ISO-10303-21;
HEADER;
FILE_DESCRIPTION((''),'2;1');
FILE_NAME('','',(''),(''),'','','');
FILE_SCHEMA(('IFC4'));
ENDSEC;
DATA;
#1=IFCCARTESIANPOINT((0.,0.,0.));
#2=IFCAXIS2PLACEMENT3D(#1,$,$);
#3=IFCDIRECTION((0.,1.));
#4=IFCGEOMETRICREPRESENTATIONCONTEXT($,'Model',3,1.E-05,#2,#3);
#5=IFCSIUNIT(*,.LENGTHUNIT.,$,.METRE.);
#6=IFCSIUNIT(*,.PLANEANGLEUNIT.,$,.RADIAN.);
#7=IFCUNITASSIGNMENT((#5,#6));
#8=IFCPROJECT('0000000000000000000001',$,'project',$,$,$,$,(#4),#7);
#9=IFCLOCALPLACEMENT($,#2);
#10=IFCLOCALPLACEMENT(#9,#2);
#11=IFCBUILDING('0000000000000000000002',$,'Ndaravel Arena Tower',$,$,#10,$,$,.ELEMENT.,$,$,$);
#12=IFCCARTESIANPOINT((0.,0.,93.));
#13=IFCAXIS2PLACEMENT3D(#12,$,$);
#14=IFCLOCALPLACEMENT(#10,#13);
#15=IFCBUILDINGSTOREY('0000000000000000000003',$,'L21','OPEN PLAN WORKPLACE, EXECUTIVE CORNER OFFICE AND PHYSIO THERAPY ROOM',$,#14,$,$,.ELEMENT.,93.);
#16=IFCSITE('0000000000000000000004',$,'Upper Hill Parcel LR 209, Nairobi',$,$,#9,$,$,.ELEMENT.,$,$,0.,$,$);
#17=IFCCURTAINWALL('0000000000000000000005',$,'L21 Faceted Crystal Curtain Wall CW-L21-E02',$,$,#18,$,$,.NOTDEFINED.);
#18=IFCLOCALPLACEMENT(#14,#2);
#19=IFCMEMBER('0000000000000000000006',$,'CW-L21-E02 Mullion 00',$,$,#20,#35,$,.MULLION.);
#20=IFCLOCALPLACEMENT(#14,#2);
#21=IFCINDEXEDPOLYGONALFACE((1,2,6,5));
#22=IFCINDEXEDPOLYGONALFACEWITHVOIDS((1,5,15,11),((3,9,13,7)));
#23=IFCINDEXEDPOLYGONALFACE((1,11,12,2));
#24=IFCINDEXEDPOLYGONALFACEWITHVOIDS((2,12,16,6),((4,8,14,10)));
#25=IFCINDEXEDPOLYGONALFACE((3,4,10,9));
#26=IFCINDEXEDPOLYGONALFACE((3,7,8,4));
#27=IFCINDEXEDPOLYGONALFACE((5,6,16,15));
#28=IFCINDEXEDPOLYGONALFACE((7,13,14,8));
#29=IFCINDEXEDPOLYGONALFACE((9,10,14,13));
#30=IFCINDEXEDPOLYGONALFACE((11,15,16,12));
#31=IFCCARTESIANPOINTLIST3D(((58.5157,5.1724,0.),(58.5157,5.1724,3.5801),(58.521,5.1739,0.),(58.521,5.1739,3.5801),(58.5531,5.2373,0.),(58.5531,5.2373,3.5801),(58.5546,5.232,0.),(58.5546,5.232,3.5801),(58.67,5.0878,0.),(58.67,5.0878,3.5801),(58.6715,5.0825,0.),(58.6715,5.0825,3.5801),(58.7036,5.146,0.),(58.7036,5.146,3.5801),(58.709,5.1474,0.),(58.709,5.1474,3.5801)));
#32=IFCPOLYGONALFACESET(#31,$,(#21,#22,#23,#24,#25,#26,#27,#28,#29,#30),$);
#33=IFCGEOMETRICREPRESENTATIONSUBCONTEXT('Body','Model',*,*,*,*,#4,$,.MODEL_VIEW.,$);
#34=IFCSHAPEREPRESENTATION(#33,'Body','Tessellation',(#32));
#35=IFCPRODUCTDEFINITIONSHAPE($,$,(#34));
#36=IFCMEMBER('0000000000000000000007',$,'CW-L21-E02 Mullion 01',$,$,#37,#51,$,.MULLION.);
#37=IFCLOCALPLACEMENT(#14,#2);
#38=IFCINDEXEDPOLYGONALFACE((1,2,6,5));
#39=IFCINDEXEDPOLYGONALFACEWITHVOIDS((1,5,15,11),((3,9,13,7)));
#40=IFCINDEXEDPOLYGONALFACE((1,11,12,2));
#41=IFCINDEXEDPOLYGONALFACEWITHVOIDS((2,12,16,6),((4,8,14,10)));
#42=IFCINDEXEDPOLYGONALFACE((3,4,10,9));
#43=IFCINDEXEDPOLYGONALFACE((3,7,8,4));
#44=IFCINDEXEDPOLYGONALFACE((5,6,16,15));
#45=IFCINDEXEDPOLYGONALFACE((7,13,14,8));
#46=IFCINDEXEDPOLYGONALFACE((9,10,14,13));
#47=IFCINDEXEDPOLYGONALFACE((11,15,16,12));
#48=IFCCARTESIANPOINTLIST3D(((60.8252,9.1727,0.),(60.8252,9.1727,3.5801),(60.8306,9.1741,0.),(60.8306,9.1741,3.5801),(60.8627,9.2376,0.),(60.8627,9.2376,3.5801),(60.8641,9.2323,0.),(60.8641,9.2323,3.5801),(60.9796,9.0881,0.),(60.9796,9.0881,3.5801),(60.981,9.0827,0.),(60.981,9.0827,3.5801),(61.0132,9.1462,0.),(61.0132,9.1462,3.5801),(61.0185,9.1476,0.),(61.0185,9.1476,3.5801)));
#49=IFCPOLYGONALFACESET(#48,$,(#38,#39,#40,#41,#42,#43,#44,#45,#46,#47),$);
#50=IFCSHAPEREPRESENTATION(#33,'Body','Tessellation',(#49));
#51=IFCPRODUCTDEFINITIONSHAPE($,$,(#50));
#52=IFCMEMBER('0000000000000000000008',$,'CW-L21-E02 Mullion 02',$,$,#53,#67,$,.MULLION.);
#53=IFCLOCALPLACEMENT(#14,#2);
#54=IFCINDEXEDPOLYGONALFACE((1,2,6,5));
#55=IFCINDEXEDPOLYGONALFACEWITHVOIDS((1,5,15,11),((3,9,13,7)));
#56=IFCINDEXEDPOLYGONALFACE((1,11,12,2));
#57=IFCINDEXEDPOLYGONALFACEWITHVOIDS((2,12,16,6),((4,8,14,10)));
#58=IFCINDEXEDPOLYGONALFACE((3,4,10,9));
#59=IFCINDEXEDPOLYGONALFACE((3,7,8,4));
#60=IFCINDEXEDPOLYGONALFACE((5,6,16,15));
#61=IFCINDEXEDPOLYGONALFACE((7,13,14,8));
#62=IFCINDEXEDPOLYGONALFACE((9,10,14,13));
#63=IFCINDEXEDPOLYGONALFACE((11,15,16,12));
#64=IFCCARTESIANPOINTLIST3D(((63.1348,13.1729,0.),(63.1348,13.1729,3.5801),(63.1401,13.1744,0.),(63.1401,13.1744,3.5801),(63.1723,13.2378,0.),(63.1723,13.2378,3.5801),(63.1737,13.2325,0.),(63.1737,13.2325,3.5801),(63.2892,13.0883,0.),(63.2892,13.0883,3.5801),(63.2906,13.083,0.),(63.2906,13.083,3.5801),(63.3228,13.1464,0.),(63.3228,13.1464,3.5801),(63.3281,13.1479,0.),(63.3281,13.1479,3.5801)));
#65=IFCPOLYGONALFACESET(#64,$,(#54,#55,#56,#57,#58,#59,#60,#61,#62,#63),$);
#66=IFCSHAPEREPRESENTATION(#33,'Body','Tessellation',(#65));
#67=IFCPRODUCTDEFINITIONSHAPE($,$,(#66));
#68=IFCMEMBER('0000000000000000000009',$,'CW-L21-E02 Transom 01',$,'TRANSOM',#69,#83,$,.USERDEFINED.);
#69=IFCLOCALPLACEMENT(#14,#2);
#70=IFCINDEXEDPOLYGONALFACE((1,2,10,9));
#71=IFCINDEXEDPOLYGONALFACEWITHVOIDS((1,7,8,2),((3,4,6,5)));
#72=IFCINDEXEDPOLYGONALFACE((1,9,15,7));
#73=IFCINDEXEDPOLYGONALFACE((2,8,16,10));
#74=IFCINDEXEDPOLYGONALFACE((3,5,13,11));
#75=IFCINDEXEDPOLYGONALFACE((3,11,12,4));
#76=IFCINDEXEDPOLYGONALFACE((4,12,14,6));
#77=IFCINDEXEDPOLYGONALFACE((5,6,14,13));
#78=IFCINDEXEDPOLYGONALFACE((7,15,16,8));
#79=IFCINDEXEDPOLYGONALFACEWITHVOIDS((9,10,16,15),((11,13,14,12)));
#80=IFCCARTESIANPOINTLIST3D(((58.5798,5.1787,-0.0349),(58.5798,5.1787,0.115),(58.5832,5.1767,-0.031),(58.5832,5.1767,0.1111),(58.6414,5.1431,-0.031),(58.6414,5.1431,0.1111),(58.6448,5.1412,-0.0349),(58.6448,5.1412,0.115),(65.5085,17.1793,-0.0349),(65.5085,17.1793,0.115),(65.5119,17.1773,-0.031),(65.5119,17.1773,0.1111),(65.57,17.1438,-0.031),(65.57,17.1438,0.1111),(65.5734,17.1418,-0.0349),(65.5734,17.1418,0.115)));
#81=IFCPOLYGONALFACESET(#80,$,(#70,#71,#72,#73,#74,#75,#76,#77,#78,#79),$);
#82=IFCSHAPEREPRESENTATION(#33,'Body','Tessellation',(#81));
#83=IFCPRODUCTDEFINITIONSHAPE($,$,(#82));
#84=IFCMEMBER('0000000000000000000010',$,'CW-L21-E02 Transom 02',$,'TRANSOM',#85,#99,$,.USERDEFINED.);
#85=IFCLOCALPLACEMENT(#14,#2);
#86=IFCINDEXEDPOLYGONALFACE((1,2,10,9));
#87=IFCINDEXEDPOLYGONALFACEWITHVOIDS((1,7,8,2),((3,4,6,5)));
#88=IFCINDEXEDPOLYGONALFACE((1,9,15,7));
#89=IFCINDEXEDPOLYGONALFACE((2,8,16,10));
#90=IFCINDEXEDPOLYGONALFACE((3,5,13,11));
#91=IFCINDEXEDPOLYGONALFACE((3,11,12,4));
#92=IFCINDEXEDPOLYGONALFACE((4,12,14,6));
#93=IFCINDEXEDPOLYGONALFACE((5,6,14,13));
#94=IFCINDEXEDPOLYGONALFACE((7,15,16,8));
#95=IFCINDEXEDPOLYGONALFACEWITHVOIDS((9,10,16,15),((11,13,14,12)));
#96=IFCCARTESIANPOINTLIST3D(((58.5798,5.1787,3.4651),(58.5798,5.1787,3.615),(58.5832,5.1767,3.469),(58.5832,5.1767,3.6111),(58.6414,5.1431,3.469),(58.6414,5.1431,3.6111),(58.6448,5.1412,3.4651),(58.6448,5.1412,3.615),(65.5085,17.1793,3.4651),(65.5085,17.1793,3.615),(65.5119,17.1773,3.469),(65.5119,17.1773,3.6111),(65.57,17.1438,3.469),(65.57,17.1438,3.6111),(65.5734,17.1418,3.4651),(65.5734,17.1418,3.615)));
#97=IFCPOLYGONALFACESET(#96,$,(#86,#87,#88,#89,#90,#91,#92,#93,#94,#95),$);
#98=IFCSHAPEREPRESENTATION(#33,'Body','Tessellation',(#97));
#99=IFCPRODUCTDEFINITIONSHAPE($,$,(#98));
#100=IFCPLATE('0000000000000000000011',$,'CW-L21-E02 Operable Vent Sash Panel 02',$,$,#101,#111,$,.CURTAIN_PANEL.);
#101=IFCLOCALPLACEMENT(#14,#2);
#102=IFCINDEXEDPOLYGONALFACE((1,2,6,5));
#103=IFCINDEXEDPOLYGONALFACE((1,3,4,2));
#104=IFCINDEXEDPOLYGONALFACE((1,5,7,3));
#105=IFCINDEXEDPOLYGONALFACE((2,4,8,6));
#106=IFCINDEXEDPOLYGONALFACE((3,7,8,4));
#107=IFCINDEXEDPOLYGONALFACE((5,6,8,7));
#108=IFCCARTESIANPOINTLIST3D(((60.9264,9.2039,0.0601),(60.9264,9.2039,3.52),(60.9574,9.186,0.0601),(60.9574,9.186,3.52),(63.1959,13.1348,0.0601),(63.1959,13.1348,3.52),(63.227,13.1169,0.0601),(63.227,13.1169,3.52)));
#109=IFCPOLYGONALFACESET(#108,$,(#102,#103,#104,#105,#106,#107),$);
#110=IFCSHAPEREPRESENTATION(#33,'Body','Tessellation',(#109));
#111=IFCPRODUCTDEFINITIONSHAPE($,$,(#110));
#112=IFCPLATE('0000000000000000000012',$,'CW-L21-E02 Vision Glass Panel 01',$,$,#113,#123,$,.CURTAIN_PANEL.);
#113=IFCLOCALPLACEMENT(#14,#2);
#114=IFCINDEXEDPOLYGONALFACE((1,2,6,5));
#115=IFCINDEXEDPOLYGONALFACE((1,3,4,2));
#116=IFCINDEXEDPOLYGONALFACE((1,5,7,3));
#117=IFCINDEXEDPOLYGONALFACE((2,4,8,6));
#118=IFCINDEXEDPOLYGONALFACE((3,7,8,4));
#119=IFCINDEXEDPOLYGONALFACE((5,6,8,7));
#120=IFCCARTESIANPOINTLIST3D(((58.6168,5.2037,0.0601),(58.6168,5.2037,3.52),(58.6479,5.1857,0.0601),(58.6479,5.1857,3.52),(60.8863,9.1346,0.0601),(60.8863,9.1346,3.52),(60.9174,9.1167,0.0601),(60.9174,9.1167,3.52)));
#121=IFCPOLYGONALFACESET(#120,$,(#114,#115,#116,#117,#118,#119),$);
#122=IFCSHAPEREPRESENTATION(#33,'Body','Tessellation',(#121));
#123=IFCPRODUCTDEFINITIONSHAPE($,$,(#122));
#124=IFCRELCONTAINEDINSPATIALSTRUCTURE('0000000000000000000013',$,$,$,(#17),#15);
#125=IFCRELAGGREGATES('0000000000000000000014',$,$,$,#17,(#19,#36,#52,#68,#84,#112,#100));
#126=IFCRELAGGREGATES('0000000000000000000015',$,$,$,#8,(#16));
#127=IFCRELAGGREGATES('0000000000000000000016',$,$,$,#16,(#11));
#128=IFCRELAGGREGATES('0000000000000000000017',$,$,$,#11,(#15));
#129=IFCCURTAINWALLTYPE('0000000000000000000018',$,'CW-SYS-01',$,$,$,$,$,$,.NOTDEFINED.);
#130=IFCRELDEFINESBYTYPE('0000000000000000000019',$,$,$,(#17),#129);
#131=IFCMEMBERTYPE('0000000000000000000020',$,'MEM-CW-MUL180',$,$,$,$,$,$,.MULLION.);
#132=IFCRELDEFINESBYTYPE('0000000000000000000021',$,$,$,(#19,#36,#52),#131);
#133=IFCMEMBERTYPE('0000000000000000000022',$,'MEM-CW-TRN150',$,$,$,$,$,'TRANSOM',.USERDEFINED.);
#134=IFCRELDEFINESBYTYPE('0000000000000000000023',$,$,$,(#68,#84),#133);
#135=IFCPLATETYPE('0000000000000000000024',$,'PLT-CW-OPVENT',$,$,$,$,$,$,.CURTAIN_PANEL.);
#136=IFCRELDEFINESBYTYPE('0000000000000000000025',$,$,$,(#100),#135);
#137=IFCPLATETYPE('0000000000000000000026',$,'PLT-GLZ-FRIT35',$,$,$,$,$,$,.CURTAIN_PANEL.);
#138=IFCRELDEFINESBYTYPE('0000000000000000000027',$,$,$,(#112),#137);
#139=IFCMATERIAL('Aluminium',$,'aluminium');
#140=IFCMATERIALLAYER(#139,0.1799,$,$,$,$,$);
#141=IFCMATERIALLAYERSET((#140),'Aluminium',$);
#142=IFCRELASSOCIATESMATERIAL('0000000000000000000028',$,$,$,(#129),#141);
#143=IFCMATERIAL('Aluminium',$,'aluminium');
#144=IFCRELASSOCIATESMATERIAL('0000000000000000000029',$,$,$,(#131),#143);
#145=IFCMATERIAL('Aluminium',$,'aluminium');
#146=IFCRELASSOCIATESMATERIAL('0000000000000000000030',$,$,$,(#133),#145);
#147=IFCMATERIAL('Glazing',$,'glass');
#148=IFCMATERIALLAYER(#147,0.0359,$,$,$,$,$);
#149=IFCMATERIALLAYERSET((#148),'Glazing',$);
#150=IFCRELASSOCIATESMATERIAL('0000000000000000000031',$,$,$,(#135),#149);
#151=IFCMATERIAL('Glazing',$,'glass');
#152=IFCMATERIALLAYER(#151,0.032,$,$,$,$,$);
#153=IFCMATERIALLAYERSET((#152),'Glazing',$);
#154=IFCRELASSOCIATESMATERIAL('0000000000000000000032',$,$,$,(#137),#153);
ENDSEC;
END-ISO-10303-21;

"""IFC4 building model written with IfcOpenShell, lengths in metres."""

from ifc_helpers import new_model, si_unit, direction, frame, origin, origin_2d, place, context, subcontext, project, spatial, rectangle, hollow_rectangle, extrude, material, layer, layer_set, material_profile, profile_set, type_object, element, aggregate, save


model = new_model("IFC4")

# Units and contexts
model_context = context("Model", 3, precision=1e-05, world=origin(), true_north=direction((0.0, 1.0)))
body_context = subcontext(model_context, "Body", "Model", "MODEL_VIEW")
ifc_project = project(units=[si_unit("LENGTHUNIT", "METRE"), si_unit("PLANEANGLEUNIT", "RADIAN")], contexts=[model_context])

# Site, building, storey
site_placement = place(None, origin())
site = spatial("IfcSite", under=ifc_project, at=site_placement, Name="Upper Hill Parcel LR 209, Nairobi", CompositionType="ELEMENT", RefElevation=0.0)
building_placement = place(site_placement, origin())
building = spatial("IfcBuilding", under=site, at=building_placement, Name="Ndaravel Arena Tower", CompositionType="ELEMENT")
storey_placement = place(building_placement, frame((0.0, 0.0, 93.0)))
storey = spatial("IfcBuildingStorey", under=building, at=storey_placement, Name="L21", Description="OPEN PLAN WORKPLACE, EXECUTIVE CORNER OFFICE AND PHYSIO THERAPY ROOM", CompositionType="ELEMENT", Elevation=93.0)

# Curtain wall, members, plates
ifc_material_1 = material(Name="Aluminium", Category="aluminium")
ifc_layer_1 = layer(ifc_material_1, 0.1799)
ifc_layer_set_1 = layer_set([ifc_layer_1], Name="Aluminium")
curtain_wall_type = type_object("IfcCurtainWallType", Name="CW-SYS-01", PredefinedType="NOTDEFINED", material=ifc_layer_set_1)
curtain_wall_placement = place(storey_placement, origin())
curtain_wall = element("IfcCurtainWall", 1, at=curtain_wall_placement, inside=storey, type_object=curtain_wall_type, Name="L21 Faceted Crystal Curtain Wall CW-L21-E02", PredefinedType="NOTDEFINED")
ifc_material_2 = material(Name="Aluminium", Category="aluminium")
ifc_material_profile_1 = material_profile(ifc_material_2, hollow_rectangle(XDim=0.075, YDim=0.1799, WallThickness=0.0039, at=origin_2d()), Name="CW MULLION 75x180x4")
ifc_profile_set_1 = profile_set([ifc_material_profile_1], Name="Aluminium")
member_type_1 = type_object("IfcMemberType", Name="MEM-CW-MUL180", PredefinedType="MULLION", material=ifc_profile_set_1)
member_1_placement = place(storey_placement, frame((58.6123, 5.1599, 0.0), z_axis=(0.0, 0.0, 1.0), x_axis=(0.5, 0.866025, 0.0)))
member_1 = element("IfcMember", 2, at=member_1_placement, type_object=member_type_1, Name="CW-L21-E02 Mullion 00", PredefinedType="MULLION", context=body_context, shape_type="SweptSolid", body=[
    extrude(hollow_rectangle(XDim=0.075, YDim=0.1799, WallThickness=0.0039, at=origin_2d()), origin(), (0.0, 0.0, 1.0), 3.5801),
])
member_2_placement = place(storey_placement, frame((60.9219, 9.1602, 0.0), z_axis=(0.0, 0.0, 1.0), x_axis=(0.5, 0.866025, 0.0)))
member_2 = element("IfcMember", 3, at=member_2_placement, type_object=member_type_1, Name="CW-L21-E02 Mullion 01", PredefinedType="MULLION", context=body_context, shape_type="SweptSolid", body=[
    extrude(hollow_rectangle(XDim=0.075, YDim=0.1799, WallThickness=0.0039, at=origin_2d()), origin(), (0.0, 0.0, 1.0), 3.5801),
])
member_3_placement = place(storey_placement, frame((63.2314, 13.1604, 0.0), z_axis=(0.0, 0.0, 1.0), x_axis=(0.5, 0.866025, 0.0)))
member_3 = element("IfcMember", 4, at=member_3_placement, type_object=member_type_1, Name="CW-L21-E02 Mullion 02", PredefinedType="MULLION", context=body_context, shape_type="SweptSolid", body=[
    extrude(hollow_rectangle(XDim=0.075, YDim=0.1799, WallThickness=0.0039, at=origin_2d()), origin(), (0.0, 0.0, 1.0), 3.5801),
])
ifc_material_3 = material(Name="Aluminium", Category="aluminium")
ifc_material_profile_2 = material_profile(ifc_material_3, hollow_rectangle(XDim=0.075, YDim=0.1499, WallThickness=0.0039, at=origin_2d()), Name="CW TRANSOM 75x150x4")
ifc_profile_set_2 = profile_set([ifc_material_profile_2], Name="Aluminium")
member_type_2 = type_object("IfcMemberType", Name="MEM-CW-TRN150", ElementType="TRANSOM", PredefinedType="USERDEFINED", material=ifc_profile_set_2)
member_4_placement = place(storey_placement, frame((58.6123, 5.1599, 0.04), z_axis=(0.500005, 0.866023, 0.0), x_axis=(-0.866023, 0.500005, 0.0)))
member_4 = element("IfcMember", 5, at=member_4_placement, type_object=member_type_2, Name="CW-L21-E02 Transom 01", ObjectType="TRANSOM", PredefinedType="USERDEFINED", context=body_context, shape_type="SweptSolid", body=[
    extrude(hollow_rectangle(XDim=0.075, YDim=0.1499, WallThickness=0.0039, at=origin_2d()), origin(), (0.0, 0.0, 1.0), 13.8572),
])
member_5_placement = place(storey_placement, frame((58.6123, 5.1599, 3.54), z_axis=(0.500005, 0.866023, 0.0), x_axis=(-0.866023, 0.500005, 0.0)))
member_5 = element("IfcMember", 6, at=member_5_placement, type_object=member_type_2, Name="CW-L21-E02 Transom 02", ObjectType="TRANSOM", PredefinedType="USERDEFINED", context=body_context, shape_type="SweptSolid", body=[
    extrude(hollow_rectangle(XDim=0.075, YDim=0.1499, WallThickness=0.0039, at=origin_2d()), origin(), (0.0, 0.0, 1.0), 13.8572),
])
ifc_material_4 = material(Name="Glazing", Category="glass")
ifc_layer_2 = layer(ifc_material_4, 0.0359)
ifc_layer_set_2 = layer_set([ifc_layer_2], Name="Glazing")
plate_type_1 = type_object("IfcPlateType", Name="PLT-CW-OPVENT", PredefinedType="CURTAIN_PANEL", material=ifc_layer_set_2)
plate_1_placement = place(storey_placement, frame((62.0767, 11.1604, 0.0601), z_axis=(0.0, 0.0, 1.0), x_axis=(0.5, 0.866025, 0.0)))
plate_1 = element("IfcPlate", 7, at=plate_1_placement, type_object=plate_type_1, Name="CW-L21-E02 Operable Vent Sash Panel 02", PredefinedType="CURTAIN_PANEL", context=body_context, shape_type="SweptSolid", body=[
    extrude(rectangle(XDim=4.5391, YDim=0.0359, at=origin_2d()), origin(), (0.0, 0.0, 1.0), 3.46),
])
ifc_material_5 = material(Name="Glazing", Category="glass")
ifc_layer_3 = layer(ifc_material_5, 0.032)
ifc_layer_set_3 = layer_set([ifc_layer_3], Name="Glazing")
plate_type_2 = type_object("IfcPlateType", Name="PLT-GLZ-FRIT35", PredefinedType="CURTAIN_PANEL", material=ifc_layer_set_3)
plate_2_placement = place(storey_placement, frame((59.7671, 7.1602, 0.0601), z_axis=(0.0, 0.0, 1.0), x_axis=(0.5, 0.866025, 0.0)))
plate_2 = element("IfcPlate", 8, at=plate_2_placement, type_object=plate_type_2, Name="CW-L21-E02 Vision Glass Panel 01", PredefinedType="CURTAIN_PANEL", context=body_context, shape_type="SweptSolid", body=[
    extrude(rectangle(XDim=4.5391, YDim=0.0359, at=origin_2d()), origin(), (0.0, 0.0, 1.0), 3.46),
])
aggregate(curtain_wall, [member_1, member_2, member_3, member_4, member_5, plate_2, plate_1])

save(model, "model.ifc")
